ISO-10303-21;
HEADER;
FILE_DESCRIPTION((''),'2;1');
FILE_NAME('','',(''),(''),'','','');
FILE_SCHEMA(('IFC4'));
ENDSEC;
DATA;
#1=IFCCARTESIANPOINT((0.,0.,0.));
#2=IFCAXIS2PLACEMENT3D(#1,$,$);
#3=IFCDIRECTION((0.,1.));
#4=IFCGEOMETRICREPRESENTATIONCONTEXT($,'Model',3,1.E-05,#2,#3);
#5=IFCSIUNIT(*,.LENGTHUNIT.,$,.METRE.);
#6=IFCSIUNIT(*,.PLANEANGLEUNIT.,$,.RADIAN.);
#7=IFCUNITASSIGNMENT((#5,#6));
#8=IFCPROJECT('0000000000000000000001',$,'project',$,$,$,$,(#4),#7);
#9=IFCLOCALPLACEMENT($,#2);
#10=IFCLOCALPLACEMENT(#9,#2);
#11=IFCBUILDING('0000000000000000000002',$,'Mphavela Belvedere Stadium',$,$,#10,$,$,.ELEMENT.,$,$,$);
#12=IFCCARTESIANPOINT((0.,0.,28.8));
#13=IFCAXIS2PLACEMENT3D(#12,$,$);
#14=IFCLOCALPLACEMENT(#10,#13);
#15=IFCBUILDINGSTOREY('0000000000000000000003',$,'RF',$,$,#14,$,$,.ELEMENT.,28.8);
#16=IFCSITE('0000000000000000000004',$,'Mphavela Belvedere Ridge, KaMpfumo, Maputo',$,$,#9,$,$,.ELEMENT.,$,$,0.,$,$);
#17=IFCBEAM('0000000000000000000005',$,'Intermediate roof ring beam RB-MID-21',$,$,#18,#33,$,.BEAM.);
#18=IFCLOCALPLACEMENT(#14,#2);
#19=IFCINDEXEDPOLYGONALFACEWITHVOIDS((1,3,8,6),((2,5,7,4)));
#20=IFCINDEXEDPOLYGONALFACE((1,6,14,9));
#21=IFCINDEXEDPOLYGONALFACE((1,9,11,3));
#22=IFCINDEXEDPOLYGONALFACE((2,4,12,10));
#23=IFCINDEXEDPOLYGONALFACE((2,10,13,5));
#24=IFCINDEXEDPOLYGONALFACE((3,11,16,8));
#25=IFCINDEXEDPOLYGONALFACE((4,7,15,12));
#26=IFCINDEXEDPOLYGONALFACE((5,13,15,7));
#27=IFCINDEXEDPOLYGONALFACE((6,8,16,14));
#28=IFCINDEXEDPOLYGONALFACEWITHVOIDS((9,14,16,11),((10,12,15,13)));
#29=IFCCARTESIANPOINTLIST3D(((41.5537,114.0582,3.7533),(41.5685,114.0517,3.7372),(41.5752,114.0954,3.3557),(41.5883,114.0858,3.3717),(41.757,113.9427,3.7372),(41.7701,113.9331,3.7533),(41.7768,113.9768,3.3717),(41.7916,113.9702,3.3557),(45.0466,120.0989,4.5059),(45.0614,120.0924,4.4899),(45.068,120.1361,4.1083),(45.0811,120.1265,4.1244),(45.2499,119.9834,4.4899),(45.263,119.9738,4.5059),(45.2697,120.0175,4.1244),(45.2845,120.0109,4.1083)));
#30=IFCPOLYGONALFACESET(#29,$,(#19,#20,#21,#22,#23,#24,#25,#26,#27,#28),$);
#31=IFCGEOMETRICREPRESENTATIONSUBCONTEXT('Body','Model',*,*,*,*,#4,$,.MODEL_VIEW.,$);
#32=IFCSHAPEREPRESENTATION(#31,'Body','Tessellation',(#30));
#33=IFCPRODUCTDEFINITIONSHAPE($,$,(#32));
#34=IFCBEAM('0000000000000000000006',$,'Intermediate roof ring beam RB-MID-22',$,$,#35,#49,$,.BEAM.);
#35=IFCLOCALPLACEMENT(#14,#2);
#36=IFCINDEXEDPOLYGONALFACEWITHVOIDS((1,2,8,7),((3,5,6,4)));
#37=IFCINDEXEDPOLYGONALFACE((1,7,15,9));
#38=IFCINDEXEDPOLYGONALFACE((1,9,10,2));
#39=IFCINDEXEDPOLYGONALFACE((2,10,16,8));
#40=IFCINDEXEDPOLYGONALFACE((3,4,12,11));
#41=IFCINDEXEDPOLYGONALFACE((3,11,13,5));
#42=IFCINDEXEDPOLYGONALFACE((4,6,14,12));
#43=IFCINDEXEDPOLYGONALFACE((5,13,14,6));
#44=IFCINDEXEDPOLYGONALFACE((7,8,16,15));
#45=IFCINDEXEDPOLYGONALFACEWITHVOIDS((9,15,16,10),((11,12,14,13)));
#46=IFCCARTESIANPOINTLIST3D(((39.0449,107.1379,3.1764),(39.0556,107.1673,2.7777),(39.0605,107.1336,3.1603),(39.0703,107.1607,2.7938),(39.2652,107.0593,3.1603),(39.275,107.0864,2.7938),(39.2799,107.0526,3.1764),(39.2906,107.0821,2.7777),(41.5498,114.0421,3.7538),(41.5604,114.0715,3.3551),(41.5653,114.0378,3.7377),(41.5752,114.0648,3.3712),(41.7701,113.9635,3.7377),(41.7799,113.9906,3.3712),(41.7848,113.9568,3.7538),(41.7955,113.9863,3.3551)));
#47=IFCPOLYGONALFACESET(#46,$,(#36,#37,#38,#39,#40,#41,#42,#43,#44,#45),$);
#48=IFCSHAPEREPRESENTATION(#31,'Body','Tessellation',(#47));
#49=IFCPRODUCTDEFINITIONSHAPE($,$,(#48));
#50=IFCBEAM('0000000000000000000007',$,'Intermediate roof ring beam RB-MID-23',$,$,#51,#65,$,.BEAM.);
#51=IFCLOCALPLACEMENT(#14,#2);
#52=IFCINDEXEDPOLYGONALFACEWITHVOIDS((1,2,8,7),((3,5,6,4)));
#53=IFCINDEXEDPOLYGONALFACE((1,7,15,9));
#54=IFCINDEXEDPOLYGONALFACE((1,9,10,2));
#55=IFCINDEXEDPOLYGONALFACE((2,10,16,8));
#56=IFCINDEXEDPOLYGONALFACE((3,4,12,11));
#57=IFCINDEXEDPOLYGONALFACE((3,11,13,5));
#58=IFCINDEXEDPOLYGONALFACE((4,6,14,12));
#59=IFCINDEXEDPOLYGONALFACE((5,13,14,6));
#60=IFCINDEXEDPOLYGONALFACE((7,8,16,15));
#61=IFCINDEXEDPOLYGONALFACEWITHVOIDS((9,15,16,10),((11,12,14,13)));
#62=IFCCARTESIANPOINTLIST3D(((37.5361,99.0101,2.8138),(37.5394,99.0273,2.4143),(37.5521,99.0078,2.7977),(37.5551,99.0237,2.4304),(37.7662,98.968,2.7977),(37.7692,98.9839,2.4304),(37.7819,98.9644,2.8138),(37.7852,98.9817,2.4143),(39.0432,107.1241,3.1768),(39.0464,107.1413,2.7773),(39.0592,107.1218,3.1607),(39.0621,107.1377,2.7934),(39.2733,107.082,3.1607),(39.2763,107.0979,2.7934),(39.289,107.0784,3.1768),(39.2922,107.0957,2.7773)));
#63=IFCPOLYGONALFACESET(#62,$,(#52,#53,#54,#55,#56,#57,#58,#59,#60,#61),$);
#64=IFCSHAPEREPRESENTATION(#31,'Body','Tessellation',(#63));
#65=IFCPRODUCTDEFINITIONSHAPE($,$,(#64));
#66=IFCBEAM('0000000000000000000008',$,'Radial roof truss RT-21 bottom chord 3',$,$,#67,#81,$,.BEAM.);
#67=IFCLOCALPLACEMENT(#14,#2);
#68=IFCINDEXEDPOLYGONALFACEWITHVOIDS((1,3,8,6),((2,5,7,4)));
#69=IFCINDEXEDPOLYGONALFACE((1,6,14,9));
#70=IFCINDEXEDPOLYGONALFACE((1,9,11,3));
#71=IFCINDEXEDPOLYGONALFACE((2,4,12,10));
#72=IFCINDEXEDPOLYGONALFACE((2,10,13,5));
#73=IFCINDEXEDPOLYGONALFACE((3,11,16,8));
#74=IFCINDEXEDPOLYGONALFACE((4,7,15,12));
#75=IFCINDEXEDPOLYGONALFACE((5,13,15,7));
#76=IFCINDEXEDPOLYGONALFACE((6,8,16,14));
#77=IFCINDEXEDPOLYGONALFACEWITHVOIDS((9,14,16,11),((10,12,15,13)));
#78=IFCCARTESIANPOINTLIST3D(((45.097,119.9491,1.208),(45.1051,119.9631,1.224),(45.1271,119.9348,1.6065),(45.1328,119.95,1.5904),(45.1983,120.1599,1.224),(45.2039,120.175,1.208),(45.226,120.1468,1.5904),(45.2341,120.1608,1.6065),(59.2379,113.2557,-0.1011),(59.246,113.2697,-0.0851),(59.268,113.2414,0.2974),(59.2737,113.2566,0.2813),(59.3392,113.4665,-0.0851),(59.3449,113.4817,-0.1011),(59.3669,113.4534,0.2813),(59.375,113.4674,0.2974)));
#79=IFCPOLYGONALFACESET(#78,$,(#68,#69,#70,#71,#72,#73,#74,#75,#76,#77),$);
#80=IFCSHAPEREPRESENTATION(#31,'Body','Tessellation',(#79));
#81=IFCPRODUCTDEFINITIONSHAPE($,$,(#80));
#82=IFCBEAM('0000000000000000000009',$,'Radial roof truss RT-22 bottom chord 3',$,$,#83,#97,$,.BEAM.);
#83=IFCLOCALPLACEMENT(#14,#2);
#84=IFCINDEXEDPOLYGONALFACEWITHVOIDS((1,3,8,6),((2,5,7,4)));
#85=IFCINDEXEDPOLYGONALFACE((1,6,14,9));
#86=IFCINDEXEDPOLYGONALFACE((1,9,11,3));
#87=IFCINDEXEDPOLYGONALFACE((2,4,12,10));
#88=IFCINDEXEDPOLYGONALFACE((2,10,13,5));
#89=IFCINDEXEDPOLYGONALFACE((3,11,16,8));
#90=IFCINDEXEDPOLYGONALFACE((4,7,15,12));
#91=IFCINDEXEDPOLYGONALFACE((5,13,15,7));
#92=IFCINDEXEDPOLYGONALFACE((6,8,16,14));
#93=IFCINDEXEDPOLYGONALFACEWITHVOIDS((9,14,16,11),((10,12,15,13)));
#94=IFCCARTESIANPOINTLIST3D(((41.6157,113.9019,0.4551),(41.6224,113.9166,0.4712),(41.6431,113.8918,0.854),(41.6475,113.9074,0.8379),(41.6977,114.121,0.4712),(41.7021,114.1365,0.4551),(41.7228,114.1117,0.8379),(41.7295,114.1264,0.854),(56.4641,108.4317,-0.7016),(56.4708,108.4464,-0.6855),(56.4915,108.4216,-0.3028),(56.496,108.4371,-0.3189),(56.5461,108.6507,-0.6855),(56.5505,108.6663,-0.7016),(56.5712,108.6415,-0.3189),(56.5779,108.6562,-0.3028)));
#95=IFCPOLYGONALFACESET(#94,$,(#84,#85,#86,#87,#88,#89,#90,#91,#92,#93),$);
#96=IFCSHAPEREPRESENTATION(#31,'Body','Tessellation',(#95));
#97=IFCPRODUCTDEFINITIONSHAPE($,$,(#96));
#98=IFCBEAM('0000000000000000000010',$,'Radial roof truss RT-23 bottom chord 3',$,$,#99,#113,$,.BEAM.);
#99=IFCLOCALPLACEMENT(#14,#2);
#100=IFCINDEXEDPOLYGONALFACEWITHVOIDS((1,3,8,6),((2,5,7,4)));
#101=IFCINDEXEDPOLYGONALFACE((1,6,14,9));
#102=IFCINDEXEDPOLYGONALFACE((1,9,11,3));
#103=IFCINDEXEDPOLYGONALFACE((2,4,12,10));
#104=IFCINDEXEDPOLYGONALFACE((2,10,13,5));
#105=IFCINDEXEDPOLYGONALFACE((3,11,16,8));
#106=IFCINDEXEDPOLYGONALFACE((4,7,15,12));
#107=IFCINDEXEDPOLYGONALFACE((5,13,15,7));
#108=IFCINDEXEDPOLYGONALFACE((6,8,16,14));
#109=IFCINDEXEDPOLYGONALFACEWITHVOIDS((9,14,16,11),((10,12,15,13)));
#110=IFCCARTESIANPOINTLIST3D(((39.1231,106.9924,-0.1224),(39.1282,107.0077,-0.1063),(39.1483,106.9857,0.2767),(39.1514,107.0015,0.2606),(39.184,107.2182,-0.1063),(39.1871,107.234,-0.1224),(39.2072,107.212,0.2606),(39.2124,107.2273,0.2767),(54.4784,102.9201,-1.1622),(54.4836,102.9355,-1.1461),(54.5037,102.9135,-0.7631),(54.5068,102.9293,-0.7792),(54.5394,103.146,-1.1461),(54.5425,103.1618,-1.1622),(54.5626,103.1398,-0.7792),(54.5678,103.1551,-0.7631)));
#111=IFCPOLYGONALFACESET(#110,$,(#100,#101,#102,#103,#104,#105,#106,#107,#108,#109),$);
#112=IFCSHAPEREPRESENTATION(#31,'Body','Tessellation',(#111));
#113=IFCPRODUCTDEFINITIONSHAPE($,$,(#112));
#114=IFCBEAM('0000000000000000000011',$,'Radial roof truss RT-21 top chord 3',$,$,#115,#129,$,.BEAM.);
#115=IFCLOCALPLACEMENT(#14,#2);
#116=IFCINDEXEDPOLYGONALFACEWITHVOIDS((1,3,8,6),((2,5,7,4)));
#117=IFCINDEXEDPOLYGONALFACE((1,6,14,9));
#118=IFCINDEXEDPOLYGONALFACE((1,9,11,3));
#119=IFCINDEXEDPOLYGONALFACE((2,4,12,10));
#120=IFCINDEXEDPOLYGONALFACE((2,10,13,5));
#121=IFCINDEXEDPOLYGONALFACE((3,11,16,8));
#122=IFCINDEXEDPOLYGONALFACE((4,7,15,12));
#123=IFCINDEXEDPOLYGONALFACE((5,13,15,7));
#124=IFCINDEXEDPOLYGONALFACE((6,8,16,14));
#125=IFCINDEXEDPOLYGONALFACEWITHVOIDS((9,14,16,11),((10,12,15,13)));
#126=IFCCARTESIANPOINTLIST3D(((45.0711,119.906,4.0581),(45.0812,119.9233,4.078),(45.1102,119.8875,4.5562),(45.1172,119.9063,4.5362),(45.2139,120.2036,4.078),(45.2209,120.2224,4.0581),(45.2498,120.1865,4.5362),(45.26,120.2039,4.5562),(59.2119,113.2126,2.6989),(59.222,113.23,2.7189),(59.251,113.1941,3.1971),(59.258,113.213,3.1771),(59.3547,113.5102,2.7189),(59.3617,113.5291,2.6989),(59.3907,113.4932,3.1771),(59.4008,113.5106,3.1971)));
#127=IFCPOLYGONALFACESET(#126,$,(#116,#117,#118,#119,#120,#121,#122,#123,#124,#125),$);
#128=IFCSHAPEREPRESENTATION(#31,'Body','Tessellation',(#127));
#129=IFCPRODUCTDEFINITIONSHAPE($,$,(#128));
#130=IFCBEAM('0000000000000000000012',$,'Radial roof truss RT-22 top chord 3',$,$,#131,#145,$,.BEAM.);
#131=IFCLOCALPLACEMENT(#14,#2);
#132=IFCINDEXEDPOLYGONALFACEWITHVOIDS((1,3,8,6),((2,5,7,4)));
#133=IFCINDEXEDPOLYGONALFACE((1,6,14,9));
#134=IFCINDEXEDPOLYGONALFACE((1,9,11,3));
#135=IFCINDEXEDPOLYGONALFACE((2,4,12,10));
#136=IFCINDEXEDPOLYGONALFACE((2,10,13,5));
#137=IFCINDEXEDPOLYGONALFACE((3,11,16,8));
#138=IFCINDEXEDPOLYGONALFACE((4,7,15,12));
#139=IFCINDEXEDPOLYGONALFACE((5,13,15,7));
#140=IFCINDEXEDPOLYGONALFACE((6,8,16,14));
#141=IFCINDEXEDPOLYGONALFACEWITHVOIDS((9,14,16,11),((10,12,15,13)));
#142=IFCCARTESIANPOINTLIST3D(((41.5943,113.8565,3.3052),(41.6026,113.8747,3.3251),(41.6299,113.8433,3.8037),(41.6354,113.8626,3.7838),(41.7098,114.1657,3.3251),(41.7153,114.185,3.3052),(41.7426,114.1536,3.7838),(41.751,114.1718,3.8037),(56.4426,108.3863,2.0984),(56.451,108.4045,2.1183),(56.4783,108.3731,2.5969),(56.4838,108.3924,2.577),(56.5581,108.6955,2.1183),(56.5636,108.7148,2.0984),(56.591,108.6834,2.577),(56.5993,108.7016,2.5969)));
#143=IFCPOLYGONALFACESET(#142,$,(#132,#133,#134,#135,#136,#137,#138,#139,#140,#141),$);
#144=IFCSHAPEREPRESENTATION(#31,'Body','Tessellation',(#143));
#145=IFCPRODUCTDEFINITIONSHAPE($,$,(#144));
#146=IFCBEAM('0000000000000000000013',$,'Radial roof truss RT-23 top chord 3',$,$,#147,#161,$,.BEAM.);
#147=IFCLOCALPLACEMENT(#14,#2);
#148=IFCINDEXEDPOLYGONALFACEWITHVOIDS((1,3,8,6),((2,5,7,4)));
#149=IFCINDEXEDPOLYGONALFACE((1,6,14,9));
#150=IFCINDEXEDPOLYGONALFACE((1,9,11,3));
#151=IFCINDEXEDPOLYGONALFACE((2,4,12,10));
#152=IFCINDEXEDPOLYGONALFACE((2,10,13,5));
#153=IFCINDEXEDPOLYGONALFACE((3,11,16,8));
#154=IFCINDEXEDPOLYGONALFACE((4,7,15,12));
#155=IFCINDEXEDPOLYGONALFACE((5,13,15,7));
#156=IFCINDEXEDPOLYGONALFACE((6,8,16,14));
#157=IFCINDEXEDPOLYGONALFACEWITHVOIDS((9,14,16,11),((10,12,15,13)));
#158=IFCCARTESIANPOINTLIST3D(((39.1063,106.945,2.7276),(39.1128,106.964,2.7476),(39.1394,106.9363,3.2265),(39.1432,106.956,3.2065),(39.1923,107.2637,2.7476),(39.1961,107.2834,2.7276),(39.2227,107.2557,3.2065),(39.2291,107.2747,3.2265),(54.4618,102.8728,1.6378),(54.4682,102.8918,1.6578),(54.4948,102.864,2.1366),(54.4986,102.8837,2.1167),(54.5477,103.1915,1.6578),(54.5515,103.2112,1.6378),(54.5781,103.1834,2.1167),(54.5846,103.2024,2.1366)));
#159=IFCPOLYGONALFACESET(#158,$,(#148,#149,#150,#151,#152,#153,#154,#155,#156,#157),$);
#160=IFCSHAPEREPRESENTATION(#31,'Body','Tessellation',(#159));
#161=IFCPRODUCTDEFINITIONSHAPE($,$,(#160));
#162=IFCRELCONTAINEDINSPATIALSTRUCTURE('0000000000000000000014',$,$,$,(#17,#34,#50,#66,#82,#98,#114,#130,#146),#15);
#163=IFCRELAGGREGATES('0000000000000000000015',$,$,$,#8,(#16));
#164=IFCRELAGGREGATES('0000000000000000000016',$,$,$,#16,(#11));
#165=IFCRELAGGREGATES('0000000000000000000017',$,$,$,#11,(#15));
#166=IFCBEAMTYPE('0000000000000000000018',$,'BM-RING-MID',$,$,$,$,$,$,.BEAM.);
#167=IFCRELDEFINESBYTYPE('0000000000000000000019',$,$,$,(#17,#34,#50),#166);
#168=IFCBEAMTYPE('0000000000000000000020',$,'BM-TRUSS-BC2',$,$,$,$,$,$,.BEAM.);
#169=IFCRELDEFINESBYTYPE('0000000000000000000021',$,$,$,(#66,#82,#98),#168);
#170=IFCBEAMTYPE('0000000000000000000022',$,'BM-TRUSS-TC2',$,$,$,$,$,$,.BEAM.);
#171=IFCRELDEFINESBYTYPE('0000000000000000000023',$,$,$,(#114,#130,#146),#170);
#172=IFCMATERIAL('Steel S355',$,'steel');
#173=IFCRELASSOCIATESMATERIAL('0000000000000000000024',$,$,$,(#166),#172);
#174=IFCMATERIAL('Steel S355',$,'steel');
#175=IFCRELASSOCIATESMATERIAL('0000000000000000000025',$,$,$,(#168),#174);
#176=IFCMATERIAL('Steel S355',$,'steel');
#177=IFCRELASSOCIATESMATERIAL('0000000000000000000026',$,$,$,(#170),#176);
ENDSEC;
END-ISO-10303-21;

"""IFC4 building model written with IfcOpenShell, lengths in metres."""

from ifc_helpers import new_model, si_unit, direction, frame, origin, origin_2d, place, context, subcontext, project, spatial, hollow_rectangle, extrude, material, material_profile, profile_set, type_object, element, save


model = new_model("IFC4")

# Units and contexts
model_context = context("Model", 3, precision=1e-05, world=origin(), true_north=direction((0.0, 1.0)))
body_context = subcontext(model_context, "Body", "Model", "MODEL_VIEW")
ifc_project = project(units=[si_unit("LENGTHUNIT", "METRE"), si_unit("PLANEANGLEUNIT", "RADIAN")], contexts=[model_context])

# Site, building, storey
site_placement = place(None, origin())
site = spatial("IfcSite", under=ifc_project, at=site_placement, Name="Mphavela Belvedere Ridge, KaMpfumo, Maputo", CompositionType="ELEMENT", RefElevation=0.0)
building_placement = place(site_placement, origin())
building = spatial("IfcBuilding", under=site, at=building_placement, Name="Mphavela Belvedere Stadium", CompositionType="ELEMENT")
storey_placement = place(building_placement, frame((0.0, 0.0, 28.8)))
storey = spatial("IfcBuildingStorey", under=building, at=storey_placement, Name="RF", CompositionType="ELEMENT", Elevation=28.8)

# Beams
ifc_material_1 = material(Name="Steel S355", Category="steel")
ifc_material_profile_1 = material_profile(ifc_material_1, hollow_rectangle(XDim=0.25, YDim=0.3999, WallThickness=0.0161, at=origin_2d()), Name="RHS 400x250x16")
ifc_profile_set_1 = profile_set([ifc_material_profile_1], Name="Steel S355")
beam_type_1 = type_object("IfcBeamType", Name="BM-RING-MID", PredefinedType="BEAM", material=ifc_profile_set_1)
beam_1_placement = place(storey_placement, frame((45.1655, 120.0549, 4.3071), z_axis=(-0.49768, -0.860705, -0.107245), x_axis=(0.865698, -0.500567, 0.0)))
element("IfcBeam", 1, at=beam_1_placement, inside=storey, type_object=beam_type_1, Name="Intermediate roof ring beam RB-MID-21", PredefinedType="BEAM", context=body_context, shape_type="SweptSolid", body=[
    extrude(hollow_rectangle(XDim=0.25, YDim=0.3999, WallThickness=0.0161, at=origin_2d()), origin(), (0.0, 0.0, 1.0), 7.0183),
])
beam_2_placement = place(storey_placement, frame((41.6726, 114.0142, 3.5544), z_axis=(-0.34, -0.937154, -0.078372), x_axis=(0.940046, -0.341049, 0.0)))
element("IfcBeam", 2, at=beam_2_placement, inside=storey, type_object=beam_type_1, Name="Intermediate roof ring beam RB-MID-22", PredefinedType="BEAM", context=body_context, shape_type="SweptSolid", body=[
    extrude(hollow_rectangle(XDim=0.25, YDim=0.3999, WallThickness=0.0161, at=origin_2d()), origin(), (0.0, 0.0, 1.0), 7.3672),
])
beam_3_placement = place(storey_placement, frame((39.1677, 107.1099, 2.9771), z_axis=(-0.182438, -0.982235, -0.043947), x_axis=(0.983185, -0.182615, 0.0)))
element("IfcBeam", 3, at=beam_3_placement, inside=storey, type_object=beam_type_1, Name="Intermediate roof ring beam RB-MID-23", PredefinedType="BEAM", context=body_context, shape_type="SweptSolid", body=[
    extrude(hollow_rectangle(XDim=0.25, YDim=0.3999, WallThickness=0.0161, at=origin_2d()), origin(), (0.0, 0.0, 1.0), 8.2607),
])
ifc_material_2 = material(Name="Steel S355", Category="steel")
ifc_material_profile_2 = material_profile(ifc_material_2, hollow_rectangle(XDim=0.25, YDim=0.3999, WallThickness=0.0161, at=origin_2d()), Name="RHS 400x250x16")
ifc_profile_set_2 = profile_set([ifc_material_profile_2], Name="Steel S355")
beam_type_2 = type_object("IfcBeamType", Name="BM-TRUSS-BC2", PredefinedType="BEAM", material=ifc_profile_set_2)
beam_4_placement = place(storey_placement, frame((45.1655, 120.0549, 1.4072), z_axis=(0.900713, -0.426338, -0.083383), x_axis=(0.427828, 0.90386, 0.0)))
element("IfcBeam", 4, at=beam_4_placement, inside=storey, type_object=beam_type_2, Name="Radial roof truss RT-21 bottom chord 3", PredefinedType="BEAM", context=body_context, shape_type="SweptSolid", body=[
    extrude(hollow_rectangle(XDim=0.25, YDim=0.3999, WallThickness=0.0161, at=origin_2d()), origin(), (0.0, 0.0, 1.0), 15.6997),
])
beam_5_placement = place(storey_placement, frame((41.6726, 114.0142, 0.6545), z_axis=(0.935851, -0.344772, -0.072906), x_axis=(0.345692, 0.938348, 0.0)))
element("IfcBeam", 5, at=beam_5_placement, inside=storey, type_object=beam_type_2, Name="Radial roof truss RT-22 bottom chord 3", PredefinedType="BEAM", context=body_context, shape_type="SweptSolid", body=[
    extrude(hollow_rectangle(XDim=0.25, YDim=0.3999, WallThickness=0.0161, at=origin_2d()), origin(), (0.0, 0.0, 1.0), 15.8662),
])
beam_6_placement = place(storey_placement, frame((39.1677, 107.1099, 0.0771), z_axis=(0.964523, -0.255791, -0.065313), x_axis=(0.256339, 0.966587, 0.0)))
element("IfcBeam", 6, at=beam_6_placement, inside=storey, type_object=beam_type_2, Name="Radial roof truss RT-23 bottom chord 3", PredefinedType="BEAM", context=body_context, shape_type="SweptSolid", body=[
    extrude(hollow_rectangle(XDim=0.25, YDim=0.3999, WallThickness=0.0161, at=origin_2d()), origin(), (0.0, 0.0, 1.0), 15.9202),
])
ifc_material_3 = material(Name="Steel S355", Category="steel")
ifc_material_profile_3 = material_profile(ifc_material_3, hollow_rectangle(XDim=0.3501, YDim=0.5, WallThickness=0.02, at=origin_2d()), Name="RHS 500x350x20")
ifc_profile_set_3 = profile_set([ifc_material_profile_3], Name="Steel S355")
beam_type_3 = type_object("IfcBeamType", Name="BM-TRUSS-TC2", PredefinedType="BEAM", material=ifc_profile_set_3)
beam_7_placement = place(storey_placement, frame((45.1655, 120.0549, 4.3071), z_axis=(0.900469, -0.426223, -0.086547), x_axis=(0.427828, 0.90386, 0.0)))
element("IfcBeam", 7, at=beam_7_placement, inside=storey, type_object=beam_type_3, Name="Radial roof truss RT-21 top chord 3", PredefinedType="BEAM", context=body_context, shape_type="SweptSolid", body=[
    extrude(hollow_rectangle(XDim=0.3501, YDim=0.5, WallThickness=0.02, at=origin_2d()), origin(), (0.0, 0.0, 1.0), 15.7039),
])
beam_8_placement = place(storey_placement, frame((41.6726, 114.0142, 3.5544), z_axis=(0.935631, -0.344691, -0.076042), x_axis=(0.345692, 0.938348, 0.0)))
element("IfcBeam", 8, at=beam_8_placement, inside=storey, type_object=beam_type_3, Name="Radial roof truss RT-22 top chord 3", PredefinedType="BEAM", context=body_context, shape_type="SweptSolid", body=[
    extrude(hollow_rectangle(XDim=0.3501, YDim=0.5, WallThickness=0.02, at=origin_2d()), origin(), (0.0, 0.0, 1.0), 15.8699),
])
beam_9_placement = place(storey_placement, frame((39.1677, 107.1099, 2.9771), z_axis=(0.96432, -0.255738, -0.068442), x_axis=(0.256339, 0.966587, 0.0)))
element("IfcBeam", 9, at=beam_9_placement, inside=storey, type_object=beam_type_3, Name="Radial roof truss RT-23 top chord 3", PredefinedType="BEAM", context=body_context, shape_type="SweptSolid", body=[
    extrude(hollow_rectangle(XDim=0.3501, YDim=0.5, WallThickness=0.02, at=origin_2d()), origin(), (0.0, 0.0, 1.0), 15.9236),
])

save(model, "model.ifc")
